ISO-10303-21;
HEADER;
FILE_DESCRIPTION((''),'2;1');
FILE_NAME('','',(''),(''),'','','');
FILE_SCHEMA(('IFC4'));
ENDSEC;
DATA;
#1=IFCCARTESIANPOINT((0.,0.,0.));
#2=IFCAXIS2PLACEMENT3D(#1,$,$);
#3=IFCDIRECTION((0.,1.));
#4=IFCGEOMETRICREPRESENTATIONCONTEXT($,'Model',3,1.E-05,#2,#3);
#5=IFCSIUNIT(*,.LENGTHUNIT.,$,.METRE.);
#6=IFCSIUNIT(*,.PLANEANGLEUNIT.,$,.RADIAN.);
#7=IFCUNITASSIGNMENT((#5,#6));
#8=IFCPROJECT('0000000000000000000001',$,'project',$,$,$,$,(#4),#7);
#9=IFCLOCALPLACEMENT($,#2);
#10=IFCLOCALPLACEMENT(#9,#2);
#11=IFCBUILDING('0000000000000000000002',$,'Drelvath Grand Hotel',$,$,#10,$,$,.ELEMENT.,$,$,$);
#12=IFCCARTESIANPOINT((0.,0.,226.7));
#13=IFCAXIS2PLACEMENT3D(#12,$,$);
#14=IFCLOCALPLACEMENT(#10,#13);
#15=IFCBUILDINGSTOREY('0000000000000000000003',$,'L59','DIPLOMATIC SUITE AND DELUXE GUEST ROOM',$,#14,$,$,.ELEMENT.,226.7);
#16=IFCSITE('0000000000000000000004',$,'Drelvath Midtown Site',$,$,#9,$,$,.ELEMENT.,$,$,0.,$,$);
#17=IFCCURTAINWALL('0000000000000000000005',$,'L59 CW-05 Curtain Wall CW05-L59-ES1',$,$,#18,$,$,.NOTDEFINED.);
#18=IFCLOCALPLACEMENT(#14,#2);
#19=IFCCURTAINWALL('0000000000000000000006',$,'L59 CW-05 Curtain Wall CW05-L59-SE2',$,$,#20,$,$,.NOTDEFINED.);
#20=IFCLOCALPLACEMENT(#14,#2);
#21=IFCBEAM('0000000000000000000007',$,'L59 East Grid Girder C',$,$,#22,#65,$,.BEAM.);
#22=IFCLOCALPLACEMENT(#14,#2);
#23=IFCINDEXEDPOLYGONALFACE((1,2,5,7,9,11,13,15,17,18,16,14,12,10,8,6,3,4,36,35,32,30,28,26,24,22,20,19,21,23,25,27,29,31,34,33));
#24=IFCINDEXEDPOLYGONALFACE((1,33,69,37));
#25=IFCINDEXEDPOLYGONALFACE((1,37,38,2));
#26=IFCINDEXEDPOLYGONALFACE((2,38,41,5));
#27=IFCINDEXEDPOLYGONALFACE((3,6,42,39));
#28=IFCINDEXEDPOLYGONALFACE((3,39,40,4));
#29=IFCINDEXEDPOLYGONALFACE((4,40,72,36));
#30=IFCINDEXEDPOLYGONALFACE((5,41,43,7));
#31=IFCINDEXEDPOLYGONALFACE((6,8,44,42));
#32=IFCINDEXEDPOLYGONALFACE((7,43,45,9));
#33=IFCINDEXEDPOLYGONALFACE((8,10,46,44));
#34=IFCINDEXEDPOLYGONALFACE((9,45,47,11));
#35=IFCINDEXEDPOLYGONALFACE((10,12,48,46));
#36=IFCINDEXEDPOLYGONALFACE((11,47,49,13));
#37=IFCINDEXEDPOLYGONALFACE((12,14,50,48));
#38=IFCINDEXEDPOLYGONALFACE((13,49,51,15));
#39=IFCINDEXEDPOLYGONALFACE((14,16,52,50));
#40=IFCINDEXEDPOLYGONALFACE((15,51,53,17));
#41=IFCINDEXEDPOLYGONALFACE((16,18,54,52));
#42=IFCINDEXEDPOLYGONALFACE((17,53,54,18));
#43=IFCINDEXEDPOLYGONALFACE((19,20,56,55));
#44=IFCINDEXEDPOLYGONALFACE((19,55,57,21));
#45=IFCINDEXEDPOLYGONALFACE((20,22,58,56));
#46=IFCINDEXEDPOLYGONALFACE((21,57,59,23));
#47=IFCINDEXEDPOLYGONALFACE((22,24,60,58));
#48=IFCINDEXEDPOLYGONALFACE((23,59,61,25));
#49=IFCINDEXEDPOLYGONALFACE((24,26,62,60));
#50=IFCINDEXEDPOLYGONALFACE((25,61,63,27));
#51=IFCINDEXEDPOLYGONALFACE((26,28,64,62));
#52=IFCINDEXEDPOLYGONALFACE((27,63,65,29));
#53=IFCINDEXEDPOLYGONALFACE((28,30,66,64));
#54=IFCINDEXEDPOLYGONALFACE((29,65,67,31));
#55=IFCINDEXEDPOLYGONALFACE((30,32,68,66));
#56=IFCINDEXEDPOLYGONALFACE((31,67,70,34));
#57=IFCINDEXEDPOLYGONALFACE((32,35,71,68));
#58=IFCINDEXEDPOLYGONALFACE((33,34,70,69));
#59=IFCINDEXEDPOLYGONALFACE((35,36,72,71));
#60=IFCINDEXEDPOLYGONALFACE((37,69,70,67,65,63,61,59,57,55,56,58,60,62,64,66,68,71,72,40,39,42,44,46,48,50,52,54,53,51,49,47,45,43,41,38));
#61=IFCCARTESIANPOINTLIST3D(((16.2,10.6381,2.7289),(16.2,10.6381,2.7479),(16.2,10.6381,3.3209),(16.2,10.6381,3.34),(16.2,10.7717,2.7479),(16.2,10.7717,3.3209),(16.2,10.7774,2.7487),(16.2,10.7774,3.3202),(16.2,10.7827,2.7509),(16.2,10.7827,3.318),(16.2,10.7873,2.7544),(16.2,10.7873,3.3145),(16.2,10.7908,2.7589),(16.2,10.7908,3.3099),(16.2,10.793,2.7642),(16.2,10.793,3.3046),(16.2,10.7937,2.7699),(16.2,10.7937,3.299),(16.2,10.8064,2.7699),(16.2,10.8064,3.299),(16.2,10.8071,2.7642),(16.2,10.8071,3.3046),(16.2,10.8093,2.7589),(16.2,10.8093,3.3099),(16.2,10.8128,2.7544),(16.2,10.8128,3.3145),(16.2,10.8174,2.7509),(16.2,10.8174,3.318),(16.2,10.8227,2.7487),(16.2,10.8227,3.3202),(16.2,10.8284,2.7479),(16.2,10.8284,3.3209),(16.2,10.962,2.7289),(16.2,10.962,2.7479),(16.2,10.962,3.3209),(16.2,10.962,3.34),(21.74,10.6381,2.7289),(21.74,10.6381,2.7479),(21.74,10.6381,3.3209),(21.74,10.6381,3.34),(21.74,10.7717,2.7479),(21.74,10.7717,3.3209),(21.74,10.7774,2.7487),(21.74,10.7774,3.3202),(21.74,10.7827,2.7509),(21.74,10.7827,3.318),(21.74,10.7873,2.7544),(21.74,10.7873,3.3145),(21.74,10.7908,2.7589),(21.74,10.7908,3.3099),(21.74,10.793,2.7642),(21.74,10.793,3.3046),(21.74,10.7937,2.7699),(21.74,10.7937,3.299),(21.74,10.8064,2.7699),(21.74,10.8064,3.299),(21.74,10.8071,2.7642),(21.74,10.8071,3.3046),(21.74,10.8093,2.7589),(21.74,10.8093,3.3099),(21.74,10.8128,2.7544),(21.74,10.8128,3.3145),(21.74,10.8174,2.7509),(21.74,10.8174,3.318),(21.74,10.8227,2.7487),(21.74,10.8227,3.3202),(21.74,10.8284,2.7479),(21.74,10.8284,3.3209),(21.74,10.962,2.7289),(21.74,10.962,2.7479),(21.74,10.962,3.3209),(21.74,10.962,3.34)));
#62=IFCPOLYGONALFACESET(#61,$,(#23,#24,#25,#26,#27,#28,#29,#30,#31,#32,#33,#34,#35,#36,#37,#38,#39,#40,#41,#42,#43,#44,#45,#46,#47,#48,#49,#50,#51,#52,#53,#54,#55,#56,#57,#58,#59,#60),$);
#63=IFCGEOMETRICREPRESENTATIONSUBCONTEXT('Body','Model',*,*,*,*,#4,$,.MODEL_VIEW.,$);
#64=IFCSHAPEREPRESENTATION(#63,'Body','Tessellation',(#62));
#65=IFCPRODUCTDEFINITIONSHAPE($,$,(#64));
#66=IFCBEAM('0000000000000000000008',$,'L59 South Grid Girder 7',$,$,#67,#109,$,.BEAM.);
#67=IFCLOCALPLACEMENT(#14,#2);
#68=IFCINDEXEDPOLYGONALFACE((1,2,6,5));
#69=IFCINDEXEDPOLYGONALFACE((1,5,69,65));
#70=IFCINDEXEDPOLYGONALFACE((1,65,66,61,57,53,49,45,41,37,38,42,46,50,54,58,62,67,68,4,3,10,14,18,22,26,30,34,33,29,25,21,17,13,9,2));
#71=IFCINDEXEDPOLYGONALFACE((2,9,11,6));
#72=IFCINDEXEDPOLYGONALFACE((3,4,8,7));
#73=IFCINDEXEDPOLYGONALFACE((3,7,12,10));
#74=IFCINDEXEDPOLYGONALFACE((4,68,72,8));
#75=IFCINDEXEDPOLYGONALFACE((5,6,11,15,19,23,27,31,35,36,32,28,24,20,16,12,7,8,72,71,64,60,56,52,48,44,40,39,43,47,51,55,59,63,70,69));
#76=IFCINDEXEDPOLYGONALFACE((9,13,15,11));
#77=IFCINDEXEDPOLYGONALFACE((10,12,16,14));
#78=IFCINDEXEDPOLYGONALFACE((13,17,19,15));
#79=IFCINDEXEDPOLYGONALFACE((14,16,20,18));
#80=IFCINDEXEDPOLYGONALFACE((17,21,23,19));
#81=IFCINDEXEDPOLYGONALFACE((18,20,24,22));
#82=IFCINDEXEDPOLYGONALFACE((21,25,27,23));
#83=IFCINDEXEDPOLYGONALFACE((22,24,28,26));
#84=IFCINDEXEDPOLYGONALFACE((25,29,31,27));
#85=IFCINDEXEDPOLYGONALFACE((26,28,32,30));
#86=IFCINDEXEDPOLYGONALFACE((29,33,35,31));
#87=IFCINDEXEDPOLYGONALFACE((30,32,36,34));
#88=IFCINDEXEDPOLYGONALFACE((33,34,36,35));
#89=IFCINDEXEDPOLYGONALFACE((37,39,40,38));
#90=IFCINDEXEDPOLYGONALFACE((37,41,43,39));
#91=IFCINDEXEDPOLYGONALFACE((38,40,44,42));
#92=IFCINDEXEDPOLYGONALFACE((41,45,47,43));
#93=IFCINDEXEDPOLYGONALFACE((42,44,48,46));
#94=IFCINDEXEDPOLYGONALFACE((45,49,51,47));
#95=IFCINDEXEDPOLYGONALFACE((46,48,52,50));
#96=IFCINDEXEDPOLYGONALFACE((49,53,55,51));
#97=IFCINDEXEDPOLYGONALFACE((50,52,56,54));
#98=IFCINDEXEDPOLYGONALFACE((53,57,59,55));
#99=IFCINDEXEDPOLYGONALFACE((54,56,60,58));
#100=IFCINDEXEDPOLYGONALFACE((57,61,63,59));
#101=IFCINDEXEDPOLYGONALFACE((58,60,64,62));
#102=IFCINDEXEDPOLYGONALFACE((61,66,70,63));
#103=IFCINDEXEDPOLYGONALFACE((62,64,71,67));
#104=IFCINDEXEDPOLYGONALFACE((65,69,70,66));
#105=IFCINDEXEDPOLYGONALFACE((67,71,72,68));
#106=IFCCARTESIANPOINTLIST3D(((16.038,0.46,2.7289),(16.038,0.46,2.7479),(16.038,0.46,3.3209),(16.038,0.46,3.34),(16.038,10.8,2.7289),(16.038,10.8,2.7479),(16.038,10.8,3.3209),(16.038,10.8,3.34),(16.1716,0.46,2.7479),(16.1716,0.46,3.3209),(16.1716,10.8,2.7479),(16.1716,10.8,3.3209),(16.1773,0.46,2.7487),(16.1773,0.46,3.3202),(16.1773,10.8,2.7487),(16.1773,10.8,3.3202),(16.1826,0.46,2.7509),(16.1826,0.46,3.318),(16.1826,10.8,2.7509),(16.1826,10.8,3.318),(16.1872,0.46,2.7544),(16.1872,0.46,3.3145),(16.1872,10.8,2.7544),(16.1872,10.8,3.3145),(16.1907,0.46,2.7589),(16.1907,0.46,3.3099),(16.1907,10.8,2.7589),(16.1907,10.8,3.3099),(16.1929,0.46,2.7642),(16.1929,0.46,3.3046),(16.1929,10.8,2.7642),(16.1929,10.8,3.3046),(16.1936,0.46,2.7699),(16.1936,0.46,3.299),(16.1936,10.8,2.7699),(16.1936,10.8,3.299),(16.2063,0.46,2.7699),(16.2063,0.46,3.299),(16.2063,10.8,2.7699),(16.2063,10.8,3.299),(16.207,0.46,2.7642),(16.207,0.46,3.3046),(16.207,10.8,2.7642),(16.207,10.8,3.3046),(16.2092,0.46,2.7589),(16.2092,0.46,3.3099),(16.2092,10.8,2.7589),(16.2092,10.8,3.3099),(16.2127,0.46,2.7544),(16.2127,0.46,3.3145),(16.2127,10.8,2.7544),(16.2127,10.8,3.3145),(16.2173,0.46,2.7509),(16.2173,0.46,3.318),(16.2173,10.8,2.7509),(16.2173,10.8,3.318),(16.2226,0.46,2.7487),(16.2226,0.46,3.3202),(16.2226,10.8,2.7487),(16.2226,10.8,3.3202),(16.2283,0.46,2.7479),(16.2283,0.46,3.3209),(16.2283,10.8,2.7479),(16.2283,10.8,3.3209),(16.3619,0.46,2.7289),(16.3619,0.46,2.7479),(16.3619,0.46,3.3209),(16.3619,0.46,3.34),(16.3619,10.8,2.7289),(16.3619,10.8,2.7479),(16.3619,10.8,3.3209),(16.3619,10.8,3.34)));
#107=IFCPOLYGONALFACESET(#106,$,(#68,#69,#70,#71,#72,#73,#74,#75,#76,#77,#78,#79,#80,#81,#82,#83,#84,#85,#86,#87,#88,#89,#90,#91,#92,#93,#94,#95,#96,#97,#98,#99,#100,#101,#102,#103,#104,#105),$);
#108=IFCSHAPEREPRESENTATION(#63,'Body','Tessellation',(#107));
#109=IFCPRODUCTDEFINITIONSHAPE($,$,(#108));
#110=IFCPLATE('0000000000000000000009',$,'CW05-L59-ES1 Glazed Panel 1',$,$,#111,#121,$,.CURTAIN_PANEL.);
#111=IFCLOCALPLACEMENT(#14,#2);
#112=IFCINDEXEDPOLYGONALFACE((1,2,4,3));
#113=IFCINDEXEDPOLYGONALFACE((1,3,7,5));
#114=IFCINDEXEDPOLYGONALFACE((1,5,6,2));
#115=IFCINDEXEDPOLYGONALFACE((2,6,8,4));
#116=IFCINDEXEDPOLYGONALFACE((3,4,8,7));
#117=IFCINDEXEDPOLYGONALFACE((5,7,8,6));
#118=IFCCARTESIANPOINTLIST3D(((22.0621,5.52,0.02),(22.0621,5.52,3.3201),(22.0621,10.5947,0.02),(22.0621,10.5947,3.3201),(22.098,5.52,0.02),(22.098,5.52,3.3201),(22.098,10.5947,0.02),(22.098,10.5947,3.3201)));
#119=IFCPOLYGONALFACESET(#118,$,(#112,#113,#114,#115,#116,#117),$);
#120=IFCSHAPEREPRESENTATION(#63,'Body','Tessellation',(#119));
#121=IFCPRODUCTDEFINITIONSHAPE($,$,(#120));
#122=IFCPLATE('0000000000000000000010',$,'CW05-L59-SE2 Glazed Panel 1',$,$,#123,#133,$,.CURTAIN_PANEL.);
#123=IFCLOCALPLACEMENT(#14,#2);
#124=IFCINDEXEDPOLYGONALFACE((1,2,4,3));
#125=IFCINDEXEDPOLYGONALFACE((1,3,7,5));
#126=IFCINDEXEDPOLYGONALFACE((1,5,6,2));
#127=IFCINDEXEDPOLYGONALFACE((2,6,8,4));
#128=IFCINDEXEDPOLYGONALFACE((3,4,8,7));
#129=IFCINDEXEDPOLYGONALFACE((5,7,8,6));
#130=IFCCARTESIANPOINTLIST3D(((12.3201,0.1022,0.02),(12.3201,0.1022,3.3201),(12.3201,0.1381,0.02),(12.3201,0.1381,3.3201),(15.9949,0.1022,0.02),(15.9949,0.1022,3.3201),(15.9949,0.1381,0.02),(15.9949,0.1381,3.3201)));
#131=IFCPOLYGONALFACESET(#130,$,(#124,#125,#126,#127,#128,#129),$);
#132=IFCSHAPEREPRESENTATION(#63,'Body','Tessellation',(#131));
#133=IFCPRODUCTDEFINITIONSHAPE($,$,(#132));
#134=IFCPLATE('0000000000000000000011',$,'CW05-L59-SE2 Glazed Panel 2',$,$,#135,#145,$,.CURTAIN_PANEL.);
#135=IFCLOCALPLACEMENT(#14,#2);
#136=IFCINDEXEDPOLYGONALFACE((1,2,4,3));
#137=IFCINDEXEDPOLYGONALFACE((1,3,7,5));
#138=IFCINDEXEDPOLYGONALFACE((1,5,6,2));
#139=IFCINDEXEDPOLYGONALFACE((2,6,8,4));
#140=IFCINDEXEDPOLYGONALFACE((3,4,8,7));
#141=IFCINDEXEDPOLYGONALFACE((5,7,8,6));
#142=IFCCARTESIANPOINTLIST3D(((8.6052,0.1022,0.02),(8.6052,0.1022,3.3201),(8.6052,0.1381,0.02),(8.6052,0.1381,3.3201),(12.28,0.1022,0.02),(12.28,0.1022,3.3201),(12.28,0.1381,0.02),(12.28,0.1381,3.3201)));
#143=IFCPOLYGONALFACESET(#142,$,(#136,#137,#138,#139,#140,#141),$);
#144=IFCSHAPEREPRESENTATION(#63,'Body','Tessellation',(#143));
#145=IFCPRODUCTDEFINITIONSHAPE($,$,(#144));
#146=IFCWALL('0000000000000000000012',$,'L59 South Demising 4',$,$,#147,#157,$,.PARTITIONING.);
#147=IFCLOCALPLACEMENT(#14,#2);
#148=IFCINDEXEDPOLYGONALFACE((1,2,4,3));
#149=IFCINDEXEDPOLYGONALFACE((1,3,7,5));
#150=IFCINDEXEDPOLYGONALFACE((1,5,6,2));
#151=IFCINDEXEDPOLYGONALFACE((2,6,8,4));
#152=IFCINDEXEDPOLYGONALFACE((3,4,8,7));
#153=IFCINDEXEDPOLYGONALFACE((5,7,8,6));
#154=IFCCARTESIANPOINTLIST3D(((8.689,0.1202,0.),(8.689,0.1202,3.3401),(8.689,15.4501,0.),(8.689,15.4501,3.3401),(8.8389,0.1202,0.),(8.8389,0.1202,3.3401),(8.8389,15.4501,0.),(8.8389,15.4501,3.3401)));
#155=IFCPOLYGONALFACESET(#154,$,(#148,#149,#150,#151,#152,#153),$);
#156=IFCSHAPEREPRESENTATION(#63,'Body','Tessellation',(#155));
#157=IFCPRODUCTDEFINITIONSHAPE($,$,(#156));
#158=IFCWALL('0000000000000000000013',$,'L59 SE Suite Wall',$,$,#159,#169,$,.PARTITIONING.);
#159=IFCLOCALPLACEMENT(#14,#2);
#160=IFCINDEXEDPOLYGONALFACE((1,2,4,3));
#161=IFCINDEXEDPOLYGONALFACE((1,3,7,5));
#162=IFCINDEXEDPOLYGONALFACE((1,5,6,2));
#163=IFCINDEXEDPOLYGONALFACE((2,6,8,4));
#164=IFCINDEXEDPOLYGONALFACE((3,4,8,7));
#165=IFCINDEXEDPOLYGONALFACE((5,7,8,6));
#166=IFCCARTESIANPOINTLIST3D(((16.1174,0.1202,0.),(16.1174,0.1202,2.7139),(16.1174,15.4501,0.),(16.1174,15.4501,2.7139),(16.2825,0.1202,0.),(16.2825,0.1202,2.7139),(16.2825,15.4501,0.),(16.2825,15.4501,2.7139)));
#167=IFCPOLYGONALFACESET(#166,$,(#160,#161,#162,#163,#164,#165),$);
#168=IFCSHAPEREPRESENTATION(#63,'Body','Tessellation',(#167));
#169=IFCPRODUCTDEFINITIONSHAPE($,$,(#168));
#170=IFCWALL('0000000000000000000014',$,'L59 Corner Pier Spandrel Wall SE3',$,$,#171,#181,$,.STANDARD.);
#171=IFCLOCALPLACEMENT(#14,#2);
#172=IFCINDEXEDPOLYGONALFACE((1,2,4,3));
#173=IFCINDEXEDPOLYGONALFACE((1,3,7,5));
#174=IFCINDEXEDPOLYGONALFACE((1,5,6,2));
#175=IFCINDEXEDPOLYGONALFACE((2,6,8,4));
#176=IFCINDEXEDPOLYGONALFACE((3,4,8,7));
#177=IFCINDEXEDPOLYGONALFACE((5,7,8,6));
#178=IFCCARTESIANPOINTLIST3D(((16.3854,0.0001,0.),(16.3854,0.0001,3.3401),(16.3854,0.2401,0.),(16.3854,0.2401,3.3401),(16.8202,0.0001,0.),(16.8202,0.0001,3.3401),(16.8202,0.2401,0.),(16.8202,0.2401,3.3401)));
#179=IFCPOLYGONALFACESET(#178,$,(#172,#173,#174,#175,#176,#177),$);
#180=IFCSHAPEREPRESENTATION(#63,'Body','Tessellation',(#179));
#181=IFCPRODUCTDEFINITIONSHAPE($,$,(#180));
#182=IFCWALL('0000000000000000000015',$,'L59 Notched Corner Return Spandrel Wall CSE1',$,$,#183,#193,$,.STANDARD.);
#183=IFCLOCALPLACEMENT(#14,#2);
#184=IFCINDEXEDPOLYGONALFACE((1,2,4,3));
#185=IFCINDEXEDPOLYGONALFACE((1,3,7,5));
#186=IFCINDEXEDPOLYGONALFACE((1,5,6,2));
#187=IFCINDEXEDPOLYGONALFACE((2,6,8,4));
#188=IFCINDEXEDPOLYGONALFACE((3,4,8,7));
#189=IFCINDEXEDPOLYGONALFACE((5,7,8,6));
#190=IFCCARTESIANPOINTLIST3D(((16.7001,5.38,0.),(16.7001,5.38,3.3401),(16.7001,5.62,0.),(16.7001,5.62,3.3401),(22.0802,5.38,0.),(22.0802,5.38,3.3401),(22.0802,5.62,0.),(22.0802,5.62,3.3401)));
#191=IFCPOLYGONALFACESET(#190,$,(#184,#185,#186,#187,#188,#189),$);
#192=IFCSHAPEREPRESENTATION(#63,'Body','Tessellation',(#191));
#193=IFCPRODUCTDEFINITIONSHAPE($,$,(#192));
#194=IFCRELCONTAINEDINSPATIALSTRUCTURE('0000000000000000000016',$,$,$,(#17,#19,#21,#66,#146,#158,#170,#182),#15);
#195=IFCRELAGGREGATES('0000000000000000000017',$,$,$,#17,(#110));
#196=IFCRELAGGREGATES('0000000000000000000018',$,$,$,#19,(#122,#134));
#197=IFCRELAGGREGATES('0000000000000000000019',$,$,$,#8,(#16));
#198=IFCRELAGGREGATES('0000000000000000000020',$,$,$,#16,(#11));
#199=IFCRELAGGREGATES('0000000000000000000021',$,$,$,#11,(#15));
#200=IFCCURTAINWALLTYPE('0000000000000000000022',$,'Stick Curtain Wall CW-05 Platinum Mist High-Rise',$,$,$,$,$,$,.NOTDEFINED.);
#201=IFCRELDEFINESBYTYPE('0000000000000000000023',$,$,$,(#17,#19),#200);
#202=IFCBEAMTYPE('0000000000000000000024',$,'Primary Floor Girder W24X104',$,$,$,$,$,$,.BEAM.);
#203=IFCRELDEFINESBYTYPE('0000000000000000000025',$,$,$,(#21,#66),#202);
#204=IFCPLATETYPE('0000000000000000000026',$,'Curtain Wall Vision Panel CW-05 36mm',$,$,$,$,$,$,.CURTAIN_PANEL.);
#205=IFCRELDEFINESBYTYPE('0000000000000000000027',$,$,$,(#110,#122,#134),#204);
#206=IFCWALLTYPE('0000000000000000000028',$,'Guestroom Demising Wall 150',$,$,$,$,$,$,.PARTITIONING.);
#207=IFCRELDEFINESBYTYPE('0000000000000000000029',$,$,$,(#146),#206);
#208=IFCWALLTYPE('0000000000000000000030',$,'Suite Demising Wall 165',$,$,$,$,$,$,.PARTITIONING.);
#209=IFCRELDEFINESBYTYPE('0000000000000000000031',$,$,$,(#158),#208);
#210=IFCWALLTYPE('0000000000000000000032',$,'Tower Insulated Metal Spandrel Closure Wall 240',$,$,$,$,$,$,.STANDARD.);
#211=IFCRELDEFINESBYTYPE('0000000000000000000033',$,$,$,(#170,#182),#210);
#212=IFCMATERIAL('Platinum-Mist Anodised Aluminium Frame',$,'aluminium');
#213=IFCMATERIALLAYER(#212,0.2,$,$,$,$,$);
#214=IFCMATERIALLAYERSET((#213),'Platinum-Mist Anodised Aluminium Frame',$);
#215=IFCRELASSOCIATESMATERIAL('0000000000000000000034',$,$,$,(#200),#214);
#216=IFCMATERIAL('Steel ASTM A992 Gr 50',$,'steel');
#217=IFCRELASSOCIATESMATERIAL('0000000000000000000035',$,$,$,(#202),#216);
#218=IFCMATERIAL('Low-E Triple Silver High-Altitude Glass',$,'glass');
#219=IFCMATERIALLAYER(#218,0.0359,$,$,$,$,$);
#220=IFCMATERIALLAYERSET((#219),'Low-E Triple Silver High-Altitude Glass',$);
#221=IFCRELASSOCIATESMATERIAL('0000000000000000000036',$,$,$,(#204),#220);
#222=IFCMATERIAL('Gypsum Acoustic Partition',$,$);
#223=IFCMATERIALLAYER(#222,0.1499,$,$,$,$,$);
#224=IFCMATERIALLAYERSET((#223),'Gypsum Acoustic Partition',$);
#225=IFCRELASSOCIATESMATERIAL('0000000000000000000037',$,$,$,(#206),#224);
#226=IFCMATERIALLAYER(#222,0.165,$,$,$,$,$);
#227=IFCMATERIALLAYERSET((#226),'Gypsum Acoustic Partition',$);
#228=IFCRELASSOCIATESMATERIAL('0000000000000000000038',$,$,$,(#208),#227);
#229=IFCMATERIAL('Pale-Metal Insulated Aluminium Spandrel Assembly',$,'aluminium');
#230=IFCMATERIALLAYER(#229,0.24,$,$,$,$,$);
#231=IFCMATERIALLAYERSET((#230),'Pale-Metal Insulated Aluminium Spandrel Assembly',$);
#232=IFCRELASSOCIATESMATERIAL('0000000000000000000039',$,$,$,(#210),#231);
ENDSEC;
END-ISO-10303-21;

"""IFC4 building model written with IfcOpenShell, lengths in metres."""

from ifc_helpers import new_model, si_unit, direction, frame, frame_2d, origin, origin_2d, place, context, subcontext, project, spatial, rectangle, i_section, extrude, material, layer, layer_set, material_profile, profile_set, type_object, element, aggregate, save


model = new_model("IFC4")

# Units and contexts
model_context = context("Model", 3, precision=1e-05, world=origin(), true_north=direction((0.0, 1.0)))
body_context = subcontext(model_context, "Body", "Model", "MODEL_VIEW")
ifc_project = project(units=[si_unit("LENGTHUNIT", "METRE"), si_unit("PLANEANGLEUNIT", "RADIAN")], contexts=[model_context])

# Site, building, storey
site_placement = place(None, origin())
site = spatial("IfcSite", under=ifc_project, at=site_placement, Name="Drelvath Midtown Site", CompositionType="ELEMENT", RefElevation=0.0)
building_placement = place(site_placement, origin())
building = spatial("IfcBuilding", under=site, at=building_placement, Name="Drelvath Grand Hotel", CompositionType="ELEMENT")
storey_placement = place(building_placement, frame((0.0, 0.0, 226.7)))
storey = spatial("IfcBuildingStorey", under=building, at=storey_placement, Name="L59", Description="DIPLOMATIC SUITE AND DELUXE GUEST ROOM", CompositionType="ELEMENT", Elevation=226.7)

# Shared definitions
ifc_material_1 = material(Name="Steel ASTM A992 Gr 50", Category="steel")

# Curtain walls
ifc_material_2 = material(Name="Platinum-Mist Anodised Aluminium Frame", Category="aluminium")
ifc_layer_1 = layer(ifc_material_2, 0.2)
ifc_layer_set_1 = layer_set([ifc_layer_1], Name="Platinum-Mist Anodised Aluminium Frame")
curtain_wall_type = type_object("IfcCurtainWallType", Name="Stick Curtain Wall CW-05 Platinum Mist High-Rise", PredefinedType="NOTDEFINED", material=ifc_layer_set_1)
curtain_wall_1_placement = place(storey_placement, origin())
curtain_wall_1 = element("IfcCurtainWall", 1, at=curtain_wall_1_placement, inside=storey, type_object=curtain_wall_type, Name="L59 CW-05 Curtain Wall CW05-L59-ES1", PredefinedType="NOTDEFINED")
curtain_wall_2_placement = place(storey_placement, origin())
curtain_wall_2 = element("IfcCurtainWall", 2, at=curtain_wall_2_placement, inside=storey, type_object=curtain_wall_type, Name="L59 CW-05 Curtain Wall CW05-L59-SE2", PredefinedType="NOTDEFINED")

# Beams
ifc_material_profile_1 = material_profile(ifc_material_1, i_section(OverallWidth=0.324, OverallDepth=0.6111, WebThickness=0.0127, FlangeThickness=0.019, FilletRadius=0.022, at=origin_2d()), Name="W24X104")
ifc_profile_set_1 = profile_set([ifc_material_profile_1], Name="Steel ASTM A992 Gr 50")
beam_type_1 = type_object("IfcBeamType", Name="Primary Floor Girder W24X104", PredefinedType="BEAM", material=ifc_profile_set_1)
beam_1_placement = place(storey_placement, frame((16.2, 10.8, 3.0344), z_axis=(1.0, 0.0, 0.0), x_axis=(0.0, 1.0, 0.0)))
element("IfcBeam", 3, at=beam_1_placement, inside=storey, type_object=beam_type_1, Name="L59 East Grid Girder C", PredefinedType="BEAM", context=body_context, shape_type="SweptSolid", body=[
    extrude(i_section(OverallWidth=0.324, OverallDepth=0.6111, WebThickness=0.0127, FlangeThickness=0.019, FilletRadius=0.022, at=origin_2d()), origin(), (0.0, 0.0, 1.0), 5.54),
])
beam_2_placement = place(storey_placement, frame((16.2, 0.46, 3.0344), z_axis=(0.0, 1.0, 0.0), x_axis=(-1.0, 0.0, 0.0)))
element("IfcBeam", 4, at=beam_2_placement, inside=storey, type_object=beam_type_1, Name="L59 South Grid Girder 7", PredefinedType="BEAM", context=body_context, shape_type="SweptSolid", body=[
    extrude(i_section(OverallWidth=0.324, OverallDepth=0.6111, WebThickness=0.0127, FlangeThickness=0.019, FilletRadius=0.022, at=origin_2d()), origin(), (0.0, 0.0, 1.0), 10.3401),
])

# Plates
ifc_material_3 = material(Name="Low-E Triple Silver High-Altitude Glass", Category="glass")
ifc_layer_2 = layer(ifc_material_3, 0.0359)
ifc_layer_set_2 = layer_set([ifc_layer_2], Name="Low-E Triple Silver High-Altitude Glass")
plate_type = type_object("IfcPlateType", Name="Curtain Wall Vision Panel CW-05 36mm", PredefinedType="CURTAIN_PANEL", material=ifc_layer_set_2)
plate_1_placement = place(storey_placement, frame((22.0801, 8.0574, 0.02), z_axis=(0.0, 0.0, 1.0), x_axis=(0.0, -1.0, 0.0)))
plate_1 = element("IfcPlate", 5, at=plate_1_placement, type_object=plate_type, Name="CW05-L59-ES1 Glazed Panel 1", PredefinedType="CURTAIN_PANEL", context=body_context, shape_type="SweptSolid", body=[
    extrude(rectangle(XDim=5.0747, YDim=0.0359, at=origin_2d()), origin(), (0.0, 0.0, 1.0), 3.3),
])
aggregate(curtain_wall_1, [plate_1])
plate_2_placement = place(storey_placement, frame((14.1575, 0.1201, 0.02), z_axis=(0.0, 0.0, 1.0), x_axis=(-1.0, 0.0, 0.0)))
plate_2 = element("IfcPlate", 6, at=plate_2_placement, type_object=plate_type, Name="CW05-L59-SE2 Glazed Panel 1", PredefinedType="CURTAIN_PANEL", context=body_context, shape_type="SweptSolid", body=[
    extrude(rectangle(XDim=3.6748, YDim=0.0359, at=origin_2d()), origin(), (0.0, 0.0, 1.0), 3.3),
])
plate_3_placement = place(storey_placement, frame((10.4426, 0.1201, 0.02), z_axis=(0.0, 0.0, 1.0), x_axis=(-1.0, 0.0, 0.0)))
plate_3 = element("IfcPlate", 7, at=plate_3_placement, type_object=plate_type, Name="CW05-L59-SE2 Glazed Panel 2", PredefinedType="CURTAIN_PANEL", context=body_context, shape_type="SweptSolid", body=[
    extrude(rectangle(XDim=3.6748, YDim=0.0359, at=origin_2d()), origin(), (0.0, 0.0, 1.0), 3.3),
])
aggregate(curtain_wall_2, [plate_2, plate_3])

# Walls
ifc_material_4 = material(Name="Gypsum Acoustic Partition")
ifc_layer_3 = layer(ifc_material_4, 0.1499)
ifc_layer_set_3 = layer_set([ifc_layer_3], Name="Gypsum Acoustic Partition")
wall_type_1 = type_object("IfcWallType", Name="Guestroom Demising Wall 150", PredefinedType="PARTITIONING", material=ifc_layer_set_3)
wall_1_placement = place(storey_placement, frame((8.7639, 0.1201, 0.0), z_axis=(0.0, 0.0, 1.0), x_axis=(0.0, 1.0, 0.0)))
element("IfcWall", 8, at=wall_1_placement, inside=storey, type_object=wall_type_1, Name="L59 South Demising 4", PredefinedType="PARTITIONING", context=body_context, shape_type="SweptSolid", body=[
    extrude(rectangle(XDim=15.3298, YDim=0.1499, at=frame_2d((7.665, 0.0))), origin(), (0.0, 0.0, 1.0), 3.3401),
])
ifc_layer_4 = layer(ifc_material_4, 0.165)
ifc_layer_set_4 = layer_set([ifc_layer_4], Name="Gypsum Acoustic Partition")
wall_type_2 = type_object("IfcWallType", Name="Suite Demising Wall 165", PredefinedType="PARTITIONING", material=ifc_layer_set_4)
wall_2_placement = place(storey_placement, frame((16.2, 0.1201, 0.0), z_axis=(0.0, 0.0, 1.0), x_axis=(0.0, 1.0, 0.0)))
element("IfcWall", 9, at=wall_2_placement, inside=storey, type_object=wall_type_2, Name="L59 SE Suite Wall", PredefinedType="PARTITIONING", context=body_context, shape_type="SweptSolid", body=[
    extrude(rectangle(XDim=15.3298, YDim=0.165, at=frame_2d((7.665, 0.0))), origin(), (0.0, 0.0, 1.0), 2.7139),
])
ifc_material_5 = material(Name="Pale-Metal Insulated Aluminium Spandrel Assembly", Category="aluminium")
ifc_layer_5 = layer(ifc_material_5, 0.24)
ifc_layer_set_5 = layer_set([ifc_layer_5], Name="Pale-Metal Insulated Aluminium Spandrel Assembly")
wall_type_3 = type_object("IfcWallType", Name="Tower Insulated Metal Spandrel Closure Wall 240", PredefinedType="STANDARD", material=ifc_layer_set_5)
wall_3_placement = place(storey_placement, frame((16.8201, 0.1201, 0.0), z_axis=(0.0, 0.0, 1.0), x_axis=(-1.0, 0.0, 0.0)))
element("IfcWall", 10, at=wall_3_placement, inside=storey, type_object=wall_type_3, Name="L59 Corner Pier Spandrel Wall SE3", PredefinedType="STANDARD", context=body_context, shape_type="SweptSolid", body=[
    extrude(rectangle(XDim=0.4348, YDim=0.24, at=frame_2d((0.2173, 0.0))), origin(), (0.0, 0.0, 1.0), 3.3401),
])
wall_4_placement = place(storey_placement, frame((22.0801, 5.5, 0.0), z_axis=(0.0, 0.0, 1.0), x_axis=(-1.0, 0.0, 0.0)))
element("IfcWall", 11, at=wall_4_placement, inside=storey, type_object=wall_type_3, Name="L59 Notched Corner Return Spandrel Wall CSE1", PredefinedType="STANDARD", context=body_context, shape_type="SweptSolid", body=[
    extrude(rectangle(XDim=5.3801, YDim=0.24, at=frame_2d((2.6899, 0.0))), origin(), (0.0, 0.0, 1.0), 3.3401),
])

save(model, "model.ifc")
